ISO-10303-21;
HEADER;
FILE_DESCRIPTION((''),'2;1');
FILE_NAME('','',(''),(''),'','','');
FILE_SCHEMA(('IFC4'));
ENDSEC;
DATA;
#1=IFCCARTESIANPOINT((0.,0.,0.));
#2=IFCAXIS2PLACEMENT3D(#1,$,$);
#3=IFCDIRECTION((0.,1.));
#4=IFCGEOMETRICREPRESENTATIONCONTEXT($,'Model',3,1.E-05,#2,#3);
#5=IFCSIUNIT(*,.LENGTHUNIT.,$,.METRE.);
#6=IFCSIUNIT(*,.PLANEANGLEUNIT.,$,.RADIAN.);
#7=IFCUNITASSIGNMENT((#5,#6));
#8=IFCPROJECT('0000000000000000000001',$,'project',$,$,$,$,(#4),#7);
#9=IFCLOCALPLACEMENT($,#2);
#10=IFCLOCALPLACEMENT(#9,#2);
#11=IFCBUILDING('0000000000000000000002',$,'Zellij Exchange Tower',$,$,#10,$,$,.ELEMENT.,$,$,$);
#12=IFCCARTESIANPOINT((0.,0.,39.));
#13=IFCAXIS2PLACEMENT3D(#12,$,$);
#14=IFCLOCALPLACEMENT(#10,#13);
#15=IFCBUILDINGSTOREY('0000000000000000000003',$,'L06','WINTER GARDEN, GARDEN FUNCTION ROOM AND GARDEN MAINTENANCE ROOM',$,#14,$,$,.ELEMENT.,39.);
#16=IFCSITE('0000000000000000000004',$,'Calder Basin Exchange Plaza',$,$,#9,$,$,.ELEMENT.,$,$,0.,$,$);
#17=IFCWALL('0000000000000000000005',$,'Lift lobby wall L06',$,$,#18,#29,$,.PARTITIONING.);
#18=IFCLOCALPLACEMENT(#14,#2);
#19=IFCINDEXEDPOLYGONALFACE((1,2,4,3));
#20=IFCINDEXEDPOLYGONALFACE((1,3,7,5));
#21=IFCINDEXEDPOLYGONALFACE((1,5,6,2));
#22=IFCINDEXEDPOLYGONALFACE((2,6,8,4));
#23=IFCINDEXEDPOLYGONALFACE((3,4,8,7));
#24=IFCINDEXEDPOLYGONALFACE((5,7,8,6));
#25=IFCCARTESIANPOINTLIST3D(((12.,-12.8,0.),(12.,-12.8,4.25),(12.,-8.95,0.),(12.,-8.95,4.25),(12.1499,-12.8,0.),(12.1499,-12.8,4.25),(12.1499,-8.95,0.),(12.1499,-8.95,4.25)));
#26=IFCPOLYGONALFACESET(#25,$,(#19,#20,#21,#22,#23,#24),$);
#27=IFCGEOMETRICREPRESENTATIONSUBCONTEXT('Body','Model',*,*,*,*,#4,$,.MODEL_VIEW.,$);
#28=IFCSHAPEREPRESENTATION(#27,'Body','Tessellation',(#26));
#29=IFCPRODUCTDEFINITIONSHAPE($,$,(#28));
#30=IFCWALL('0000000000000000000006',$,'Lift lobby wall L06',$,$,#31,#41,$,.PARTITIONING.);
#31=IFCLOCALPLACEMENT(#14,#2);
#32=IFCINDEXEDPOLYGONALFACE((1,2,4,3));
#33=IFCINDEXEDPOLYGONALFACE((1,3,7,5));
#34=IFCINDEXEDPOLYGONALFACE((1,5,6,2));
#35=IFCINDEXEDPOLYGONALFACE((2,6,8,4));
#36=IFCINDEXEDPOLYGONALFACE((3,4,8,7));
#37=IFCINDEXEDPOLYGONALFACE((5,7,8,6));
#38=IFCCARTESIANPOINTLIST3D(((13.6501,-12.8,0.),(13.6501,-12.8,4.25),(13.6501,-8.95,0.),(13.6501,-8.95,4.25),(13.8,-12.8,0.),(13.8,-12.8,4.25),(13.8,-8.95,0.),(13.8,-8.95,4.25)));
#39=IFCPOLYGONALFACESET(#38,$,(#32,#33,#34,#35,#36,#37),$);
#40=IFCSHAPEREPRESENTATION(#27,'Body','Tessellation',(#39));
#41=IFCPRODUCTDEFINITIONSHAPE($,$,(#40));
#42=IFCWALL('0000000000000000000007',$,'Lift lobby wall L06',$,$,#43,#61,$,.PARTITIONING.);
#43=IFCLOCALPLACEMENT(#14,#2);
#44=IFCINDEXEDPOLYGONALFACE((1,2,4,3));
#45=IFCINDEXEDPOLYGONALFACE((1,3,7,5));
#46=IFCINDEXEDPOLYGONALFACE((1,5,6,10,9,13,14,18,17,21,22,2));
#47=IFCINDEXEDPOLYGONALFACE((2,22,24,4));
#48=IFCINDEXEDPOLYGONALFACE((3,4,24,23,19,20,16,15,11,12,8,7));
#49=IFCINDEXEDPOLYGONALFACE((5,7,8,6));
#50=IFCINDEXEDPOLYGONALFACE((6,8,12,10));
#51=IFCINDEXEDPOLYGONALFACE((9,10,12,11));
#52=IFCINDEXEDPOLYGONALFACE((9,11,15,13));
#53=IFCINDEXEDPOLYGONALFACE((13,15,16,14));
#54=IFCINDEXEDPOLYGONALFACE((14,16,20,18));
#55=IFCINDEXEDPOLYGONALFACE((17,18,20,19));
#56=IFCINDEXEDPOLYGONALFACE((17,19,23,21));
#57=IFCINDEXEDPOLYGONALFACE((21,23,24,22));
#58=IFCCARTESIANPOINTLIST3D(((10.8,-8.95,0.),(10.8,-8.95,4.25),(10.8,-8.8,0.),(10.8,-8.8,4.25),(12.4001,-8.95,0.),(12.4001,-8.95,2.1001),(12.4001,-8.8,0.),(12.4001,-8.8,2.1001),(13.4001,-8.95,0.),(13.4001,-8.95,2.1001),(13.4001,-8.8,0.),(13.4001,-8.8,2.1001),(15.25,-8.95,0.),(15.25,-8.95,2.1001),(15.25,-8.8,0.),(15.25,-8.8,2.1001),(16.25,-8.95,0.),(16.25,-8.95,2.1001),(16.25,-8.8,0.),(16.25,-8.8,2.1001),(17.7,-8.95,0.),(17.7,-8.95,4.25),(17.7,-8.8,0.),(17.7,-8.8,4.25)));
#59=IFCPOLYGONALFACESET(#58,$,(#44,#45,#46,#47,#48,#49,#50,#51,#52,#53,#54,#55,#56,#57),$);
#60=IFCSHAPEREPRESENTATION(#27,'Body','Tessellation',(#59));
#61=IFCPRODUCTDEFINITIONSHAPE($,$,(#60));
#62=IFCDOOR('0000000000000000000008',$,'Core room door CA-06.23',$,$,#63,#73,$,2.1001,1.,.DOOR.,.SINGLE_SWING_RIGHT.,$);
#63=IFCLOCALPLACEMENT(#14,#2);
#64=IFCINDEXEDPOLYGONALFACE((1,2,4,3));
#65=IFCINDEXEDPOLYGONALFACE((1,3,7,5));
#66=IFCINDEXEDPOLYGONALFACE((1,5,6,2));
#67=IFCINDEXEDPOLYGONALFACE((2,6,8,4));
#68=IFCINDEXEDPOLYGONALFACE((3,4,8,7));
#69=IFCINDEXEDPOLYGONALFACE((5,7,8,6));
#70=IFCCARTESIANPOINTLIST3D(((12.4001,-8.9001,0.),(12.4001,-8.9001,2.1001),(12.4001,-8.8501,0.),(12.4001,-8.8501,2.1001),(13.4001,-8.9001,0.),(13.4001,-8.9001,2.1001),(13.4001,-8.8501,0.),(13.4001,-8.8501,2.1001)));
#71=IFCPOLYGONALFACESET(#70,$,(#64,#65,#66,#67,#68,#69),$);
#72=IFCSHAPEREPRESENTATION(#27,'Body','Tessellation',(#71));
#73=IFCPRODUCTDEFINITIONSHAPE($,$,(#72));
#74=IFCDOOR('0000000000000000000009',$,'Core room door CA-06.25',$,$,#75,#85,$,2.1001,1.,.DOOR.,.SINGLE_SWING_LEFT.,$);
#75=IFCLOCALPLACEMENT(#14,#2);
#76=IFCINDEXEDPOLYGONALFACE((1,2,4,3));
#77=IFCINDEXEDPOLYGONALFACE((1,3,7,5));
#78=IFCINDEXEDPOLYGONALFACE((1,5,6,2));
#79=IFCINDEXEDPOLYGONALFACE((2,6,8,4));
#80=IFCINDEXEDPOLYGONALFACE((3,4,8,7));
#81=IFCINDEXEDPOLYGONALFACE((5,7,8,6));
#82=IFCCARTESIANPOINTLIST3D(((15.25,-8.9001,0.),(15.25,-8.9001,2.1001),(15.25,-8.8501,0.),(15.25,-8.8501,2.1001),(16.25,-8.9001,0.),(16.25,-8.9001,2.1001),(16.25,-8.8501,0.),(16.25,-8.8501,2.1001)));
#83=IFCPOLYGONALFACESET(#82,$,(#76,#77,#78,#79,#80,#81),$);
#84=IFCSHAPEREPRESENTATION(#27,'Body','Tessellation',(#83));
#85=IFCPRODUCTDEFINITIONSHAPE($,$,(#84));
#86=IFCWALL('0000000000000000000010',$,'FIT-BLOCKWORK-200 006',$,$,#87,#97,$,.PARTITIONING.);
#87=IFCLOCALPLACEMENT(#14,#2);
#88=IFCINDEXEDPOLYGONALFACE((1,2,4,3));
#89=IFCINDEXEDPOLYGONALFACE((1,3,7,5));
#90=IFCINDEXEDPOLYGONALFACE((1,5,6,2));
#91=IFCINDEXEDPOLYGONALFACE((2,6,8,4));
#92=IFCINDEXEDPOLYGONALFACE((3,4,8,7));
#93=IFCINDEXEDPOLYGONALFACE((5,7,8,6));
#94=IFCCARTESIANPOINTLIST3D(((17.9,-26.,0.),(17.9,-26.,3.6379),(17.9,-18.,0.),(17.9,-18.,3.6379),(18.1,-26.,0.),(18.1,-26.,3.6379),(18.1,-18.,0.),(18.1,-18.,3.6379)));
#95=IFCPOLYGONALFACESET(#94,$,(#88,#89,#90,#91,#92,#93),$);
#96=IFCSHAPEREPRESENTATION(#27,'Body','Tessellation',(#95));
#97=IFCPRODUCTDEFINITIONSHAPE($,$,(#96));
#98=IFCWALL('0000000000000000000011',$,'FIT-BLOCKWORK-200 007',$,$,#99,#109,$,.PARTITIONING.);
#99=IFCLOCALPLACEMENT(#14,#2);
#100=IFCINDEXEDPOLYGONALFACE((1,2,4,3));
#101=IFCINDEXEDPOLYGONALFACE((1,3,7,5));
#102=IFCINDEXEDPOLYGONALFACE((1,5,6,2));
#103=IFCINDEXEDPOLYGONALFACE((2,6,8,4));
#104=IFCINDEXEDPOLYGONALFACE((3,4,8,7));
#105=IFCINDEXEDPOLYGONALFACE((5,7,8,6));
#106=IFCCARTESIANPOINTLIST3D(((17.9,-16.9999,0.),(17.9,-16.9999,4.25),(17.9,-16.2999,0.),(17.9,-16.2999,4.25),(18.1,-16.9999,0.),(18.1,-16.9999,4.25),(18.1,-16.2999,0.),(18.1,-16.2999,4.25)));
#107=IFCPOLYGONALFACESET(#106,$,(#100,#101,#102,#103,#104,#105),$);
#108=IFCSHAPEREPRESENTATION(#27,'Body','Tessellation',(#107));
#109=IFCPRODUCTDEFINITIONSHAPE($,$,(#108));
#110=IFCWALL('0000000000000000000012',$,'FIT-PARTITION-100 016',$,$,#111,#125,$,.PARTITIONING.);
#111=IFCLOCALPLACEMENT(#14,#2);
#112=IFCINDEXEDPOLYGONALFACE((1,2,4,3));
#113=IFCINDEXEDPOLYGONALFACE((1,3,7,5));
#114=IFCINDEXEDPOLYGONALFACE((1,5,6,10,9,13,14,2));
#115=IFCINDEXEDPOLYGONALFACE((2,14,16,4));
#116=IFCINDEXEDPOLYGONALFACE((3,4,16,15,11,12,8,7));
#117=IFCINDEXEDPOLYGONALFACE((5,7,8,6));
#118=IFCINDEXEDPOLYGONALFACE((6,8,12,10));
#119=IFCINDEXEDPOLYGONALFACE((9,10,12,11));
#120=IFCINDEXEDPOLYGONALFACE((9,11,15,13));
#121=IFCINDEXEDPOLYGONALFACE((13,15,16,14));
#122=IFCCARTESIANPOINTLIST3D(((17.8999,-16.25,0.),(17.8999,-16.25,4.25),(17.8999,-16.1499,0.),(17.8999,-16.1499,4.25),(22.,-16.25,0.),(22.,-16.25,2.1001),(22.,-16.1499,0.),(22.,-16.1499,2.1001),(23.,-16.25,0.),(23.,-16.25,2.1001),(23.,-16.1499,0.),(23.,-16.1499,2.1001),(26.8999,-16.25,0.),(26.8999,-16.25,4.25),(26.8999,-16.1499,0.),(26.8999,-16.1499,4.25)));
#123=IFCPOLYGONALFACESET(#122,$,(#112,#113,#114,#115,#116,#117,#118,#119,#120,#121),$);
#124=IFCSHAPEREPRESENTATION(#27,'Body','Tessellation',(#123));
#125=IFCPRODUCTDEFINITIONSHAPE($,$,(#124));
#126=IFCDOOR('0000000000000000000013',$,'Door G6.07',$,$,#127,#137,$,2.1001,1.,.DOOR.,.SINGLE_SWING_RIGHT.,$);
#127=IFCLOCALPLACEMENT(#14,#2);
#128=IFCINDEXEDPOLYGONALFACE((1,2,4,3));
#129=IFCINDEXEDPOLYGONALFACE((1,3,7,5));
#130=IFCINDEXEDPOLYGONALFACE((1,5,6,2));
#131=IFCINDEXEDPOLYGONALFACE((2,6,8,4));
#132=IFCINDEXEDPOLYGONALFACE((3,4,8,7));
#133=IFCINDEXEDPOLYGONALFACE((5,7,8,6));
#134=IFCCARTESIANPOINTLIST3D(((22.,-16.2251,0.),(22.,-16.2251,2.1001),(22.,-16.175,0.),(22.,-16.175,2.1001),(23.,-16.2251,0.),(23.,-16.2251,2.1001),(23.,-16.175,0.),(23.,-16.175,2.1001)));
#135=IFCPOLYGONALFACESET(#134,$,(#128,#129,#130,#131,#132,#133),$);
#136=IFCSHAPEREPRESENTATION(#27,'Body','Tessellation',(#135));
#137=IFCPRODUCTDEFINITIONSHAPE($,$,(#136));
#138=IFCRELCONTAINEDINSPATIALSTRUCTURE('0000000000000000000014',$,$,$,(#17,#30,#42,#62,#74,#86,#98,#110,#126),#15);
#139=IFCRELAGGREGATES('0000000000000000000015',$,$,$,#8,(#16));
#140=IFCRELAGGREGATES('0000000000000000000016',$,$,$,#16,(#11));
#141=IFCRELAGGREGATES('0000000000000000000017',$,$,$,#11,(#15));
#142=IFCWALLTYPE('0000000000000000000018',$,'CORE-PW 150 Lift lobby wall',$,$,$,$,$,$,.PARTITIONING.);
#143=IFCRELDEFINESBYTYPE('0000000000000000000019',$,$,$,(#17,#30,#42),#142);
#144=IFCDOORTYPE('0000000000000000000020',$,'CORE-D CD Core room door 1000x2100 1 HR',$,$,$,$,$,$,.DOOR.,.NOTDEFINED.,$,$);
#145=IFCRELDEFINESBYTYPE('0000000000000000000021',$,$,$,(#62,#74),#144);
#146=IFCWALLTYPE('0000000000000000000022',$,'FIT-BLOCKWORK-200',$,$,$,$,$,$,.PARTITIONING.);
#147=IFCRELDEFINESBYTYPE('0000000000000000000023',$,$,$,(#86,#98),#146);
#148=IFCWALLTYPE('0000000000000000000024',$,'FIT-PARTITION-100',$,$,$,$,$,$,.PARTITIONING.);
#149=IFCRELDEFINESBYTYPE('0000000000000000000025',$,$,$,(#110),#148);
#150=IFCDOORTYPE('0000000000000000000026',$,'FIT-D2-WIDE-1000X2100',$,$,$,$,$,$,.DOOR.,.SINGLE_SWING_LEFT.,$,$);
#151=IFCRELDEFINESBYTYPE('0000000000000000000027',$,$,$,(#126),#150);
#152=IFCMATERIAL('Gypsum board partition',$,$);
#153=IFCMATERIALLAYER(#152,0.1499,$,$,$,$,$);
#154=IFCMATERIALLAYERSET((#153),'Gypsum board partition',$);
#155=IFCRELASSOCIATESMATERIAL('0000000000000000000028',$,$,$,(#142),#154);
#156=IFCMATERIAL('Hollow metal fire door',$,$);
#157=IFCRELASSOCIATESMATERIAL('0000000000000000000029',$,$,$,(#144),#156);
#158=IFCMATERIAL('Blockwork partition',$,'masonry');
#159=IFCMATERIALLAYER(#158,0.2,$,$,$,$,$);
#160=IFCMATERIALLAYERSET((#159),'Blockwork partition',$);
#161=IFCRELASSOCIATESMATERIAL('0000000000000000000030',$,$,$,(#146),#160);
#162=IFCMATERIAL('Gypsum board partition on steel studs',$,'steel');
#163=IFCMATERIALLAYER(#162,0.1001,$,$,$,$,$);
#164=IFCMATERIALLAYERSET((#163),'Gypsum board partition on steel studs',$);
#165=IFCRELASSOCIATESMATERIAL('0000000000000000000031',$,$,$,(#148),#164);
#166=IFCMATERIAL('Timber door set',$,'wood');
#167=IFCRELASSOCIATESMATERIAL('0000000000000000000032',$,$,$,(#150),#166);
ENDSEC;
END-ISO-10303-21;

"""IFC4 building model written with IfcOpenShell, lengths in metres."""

from ifc_helpers import new_model, si_unit, direction, frame, frame_2d, origin, place, context, subcontext, project, spatial, rectangle, extrude, material, layer, layer_set, type_object, element, fill, save


model = new_model("IFC4")

# Units and contexts
model_context = context("Model", 3, precision=1e-05, world=origin(), true_north=direction((0.0, 1.0)))
body_context = subcontext(model_context, "Body", "Model", "MODEL_VIEW")
ifc_project = project(units=[si_unit("LENGTHUNIT", "METRE"), si_unit("PLANEANGLEUNIT", "RADIAN")], contexts=[model_context])

# Site, building, storey
site_placement = place(None, origin())
site = spatial("IfcSite", under=ifc_project, at=site_placement, Name="Calder Basin Exchange Plaza", CompositionType="ELEMENT", RefElevation=0.0)
building_placement = place(site_placement, origin())
building = spatial("IfcBuilding", under=site, at=building_placement, Name="Zellij Exchange Tower", CompositionType="ELEMENT")
storey_placement = place(building_placement, frame((0.0, 0.0, 39.0)))
storey = spatial("IfcBuildingStorey", under=building, at=storey_placement, Name="L06", Description="WINTER GARDEN, GARDEN FUNCTION ROOM AND GARDEN MAINTENANCE ROOM", CompositionType="ELEMENT", Elevation=39.0)

# Shared definitions
ifc_material_1 = material(Name="Gypsum board partition")
ifc_layer_1 = layer(ifc_material_1, 0.1499)
ifc_layer_set_1 = layer_set([ifc_layer_1], Name="Gypsum board partition")
wall_type_1 = type_object("IfcWallType", Name="CORE-PW 150 Lift lobby wall", PredefinedType="PARTITIONING", material=ifc_layer_set_1)
ifc_material_2 = material(Name="Hollow metal fire door")

# Walls
for number, where, z_axis, x_axis, name in (
    (1, (12.075, -12.8, 0.0), (0.0, 0.0, 1.0), (0.0, 1.0, 0.0), "Lift lobby wall L06"),
    (2, (13.7251, -12.8, 0.0), (0.0, 0.0, 1.0), (0.0, 1.0, 0.0), "Lift lobby wall L06"),
):
    element("IfcWall", number, at=place(storey_placement, frame(where, z_axis=z_axis, x_axis=x_axis)), inside=storey, type_object=wall_type_1, Name=name, PredefinedType="PARTITIONING", context=body_context, shape_type="SweptSolid", body=[
        extrude(rectangle(XDim=3.8501, YDim=0.1499, at=frame_2d((1.925, 0.0))), origin(), (0.0, 0.0, 1.0), 4.25),
    ])

# Wall, openings, doors
wall_1_placement = place(storey_placement, frame((10.8, -8.875, 0.0), z_axis=(0.0, 0.0, 1.0), x_axis=(1.0, 0.0, 0.0)))
wall_1 = element("IfcWall", 3, at=wall_1_placement, inside=storey, type_object=wall_type_1, Name="Lift lobby wall L06", PredefinedType="PARTITIONING", context=body_context, shape_type="SweptSolid", body=[
    extrude(rectangle(XDim=6.8999, YDim=0.1499, at=frame_2d((3.45, 0.0))), origin(), (0.0, 0.0, 1.0), 4.25),
])
opening_1_placement = place(wall_1_placement, frame((1.6001, 0.0, 0.0)))
opening_1 = element("IfcOpeningElement", 4, at=opening_1_placement, cuts=wall_1, PredefinedType="OPENING", context=body_context, shape_type="SweptSolid", body=[
    extrude(rectangle(XDim=1.0, YDim=2.1001, at=frame_2d((0.5, 1.05))), frame((0.0, 0.0869, 0.0), z_axis=(0.0, -1.0, 0.0), x_axis=(1.0, 0.0, 0.0)), (0.0, 0.0, 1.0), 0.1738),
])
opening_2_placement = place(wall_1_placement, frame((4.45, 0.0, 0.0)))
opening_2 = element("IfcOpeningElement", 5, at=opening_2_placement, cuts=wall_1, PredefinedType="OPENING", context=body_context, shape_type="SweptSolid", body=[
    extrude(rectangle(XDim=1.0, YDim=2.1001, at=frame_2d((0.5, 1.05))), frame((0.0, 0.0869, 0.0), z_axis=(0.0, -1.0, 0.0), x_axis=(1.0, 0.0, 0.0)), (0.0, 0.0, 1.0), 0.1738),
])
door_type_1 = type_object("IfcDoorType", Name="CORE-D CD Core room door 1000x2100 1 HR", OperationType="NOTDEFINED", PredefinedType="DOOR", material=ifc_material_2)
door_1_placement = place(opening_1_placement, origin())
door_1 = element("IfcDoor", 6, at=door_1_placement, inside=storey, type_object=door_type_1, Name="Core room door CA-06.23", OperationType="SINGLE_SWING_RIGHT", OverallHeight=2.1001, OverallWidth=1.0, PredefinedType="DOOR", context=body_context, shape_type="SweptSolid", body=[
    extrude(rectangle(XDim=1.0, YDim=2.1001, at=frame_2d((0.5, 1.05))), frame((0.0, 0.0249, 0.0), z_axis=(0.0, -1.0, 0.0), x_axis=(1.0, 0.0, 0.0)), (0.0, 0.0, 1.0), 0.05),
])
fill(opening_1, door_1)
door_2_placement = place(opening_2_placement, origin())
door_2 = element("IfcDoor", 7, at=door_2_placement, inside=storey, type_object=door_type_1, Name="Core room door CA-06.25", OperationType="SINGLE_SWING_LEFT", OverallHeight=2.1001, OverallWidth=1.0, PredefinedType="DOOR", context=body_context, shape_type="SweptSolid", body=[
    extrude(rectangle(XDim=1.0, YDim=2.1001, at=frame_2d((0.5, 1.05))), frame((0.0, 0.0249, 0.0), z_axis=(0.0, -1.0, 0.0), x_axis=(1.0, 0.0, 0.0)), (0.0, 0.0, 1.0), 0.05),
])
fill(opening_2, door_2)

# Walls
ifc_material_3 = material(Name="Blockwork partition", Category="masonry")
ifc_layer_2 = layer(ifc_material_3, 0.2)
ifc_layer_set_2 = layer_set([ifc_layer_2], Name="Blockwork partition")
wall_type_2 = type_object("IfcWallType", Name="FIT-BLOCKWORK-200", PredefinedType="PARTITIONING", material=ifc_layer_set_2)
wall_2_placement = place(storey_placement, frame((18.0, -26.0, 0.0), z_axis=(0.0, 0.0, 1.0), x_axis=(0.0, 1.0, 0.0)))
element("IfcWall", 8, at=wall_2_placement, inside=storey, type_object=wall_type_2, Name="FIT-BLOCKWORK-200 006", PredefinedType="PARTITIONING", context=body_context, shape_type="SweptSolid", body=[
    extrude(rectangle(XDim=8.0, YDim=0.2, at=frame_2d((4.0, 0.0))), origin(), (0.0, 0.0, 1.0), 3.6379),
])
wall_3_placement = place(storey_placement, frame((18.0, -17.0, 0.0), z_axis=(0.0, 0.0, 1.0), x_axis=(0.0, 1.0, 0.0)))
element("IfcWall", 9, at=wall_3_placement, inside=storey, type_object=wall_type_2, Name="FIT-BLOCKWORK-200 007", PredefinedType="PARTITIONING", context=body_context, shape_type="SweptSolid", body=[
    extrude(rectangle(XDim=0.7, YDim=0.2, at=frame_2d((0.3501, 0.0))), origin(), (0.0, 0.0, 1.0), 4.25),
])

# Wall, opening, door
ifc_material_4 = material(Name="Gypsum board partition on steel studs", Category="steel")
ifc_layer_3 = layer(ifc_material_4, 0.1001)
ifc_layer_set_3 = layer_set([ifc_layer_3], Name="Gypsum board partition on steel studs")
wall_type_3 = type_object("IfcWallType", Name="FIT-PARTITION-100", PredefinedType="PARTITIONING", material=ifc_layer_set_3)
wall_4_placement = place(storey_placement, frame((17.8999, -16.2, 0.0), z_axis=(0.0, 0.0, 1.0), x_axis=(1.0, 0.0, 0.0)))
wall_4 = element("IfcWall", 10, at=wall_4_placement, inside=storey, type_object=wall_type_3, Name="FIT-PARTITION-100 016", PredefinedType="PARTITIONING", context=body_context, shape_type="SweptSolid", body=[
    extrude(rectangle(XDim=9.0, YDim=0.1001, at=frame_2d((4.5, 0.0))), origin(), (0.0, 0.0, 1.0), 4.25),
])
opening_3_placement = place(wall_4_placement, frame((4.1001, 0.0, 0.0)))
opening_3 = element("IfcOpeningElement", 11, at=opening_3_placement, cuts=wall_4, PredefinedType="OPENING", context=body_context, shape_type="SweptSolid", body=[
    extrude(rectangle(XDim=1.0, YDim=2.1001, at=frame_2d((0.5, 1.05))), frame((0.0, 0.062, 0.0), z_axis=(0.0, -1.0, 0.0), x_axis=(1.0, 0.0, 0.0)), (0.0, 0.0, 1.0), 0.124),
])
ifc_material_5 = material(Name="Timber door set", Category="wood")
door_type_2 = type_object("IfcDoorType", Name="FIT-D2-WIDE-1000X2100", OperationType="SINGLE_SWING_LEFT", PredefinedType="DOOR", material=ifc_material_5)
door_3_placement = place(opening_3_placement, origin())
door_3 = element("IfcDoor", 12, at=door_3_placement, inside=storey, type_object=door_type_2, Name="Door G6.07", OperationType="SINGLE_SWING_RIGHT", OverallHeight=2.1001, OverallWidth=1.0, PredefinedType="DOOR", context=body_context, shape_type="SweptSolid", body=[
    extrude(rectangle(XDim=1.0, YDim=2.1001, at=frame_2d((0.5, 1.05))), frame((0.0, 0.0249, 0.0), z_axis=(0.0, -1.0, 0.0), x_axis=(1.0, 0.0, 0.0)), (0.0, 0.0, 1.0), 0.05),
])
fill(opening_3, door_3)

save(model, "model.ifc")
